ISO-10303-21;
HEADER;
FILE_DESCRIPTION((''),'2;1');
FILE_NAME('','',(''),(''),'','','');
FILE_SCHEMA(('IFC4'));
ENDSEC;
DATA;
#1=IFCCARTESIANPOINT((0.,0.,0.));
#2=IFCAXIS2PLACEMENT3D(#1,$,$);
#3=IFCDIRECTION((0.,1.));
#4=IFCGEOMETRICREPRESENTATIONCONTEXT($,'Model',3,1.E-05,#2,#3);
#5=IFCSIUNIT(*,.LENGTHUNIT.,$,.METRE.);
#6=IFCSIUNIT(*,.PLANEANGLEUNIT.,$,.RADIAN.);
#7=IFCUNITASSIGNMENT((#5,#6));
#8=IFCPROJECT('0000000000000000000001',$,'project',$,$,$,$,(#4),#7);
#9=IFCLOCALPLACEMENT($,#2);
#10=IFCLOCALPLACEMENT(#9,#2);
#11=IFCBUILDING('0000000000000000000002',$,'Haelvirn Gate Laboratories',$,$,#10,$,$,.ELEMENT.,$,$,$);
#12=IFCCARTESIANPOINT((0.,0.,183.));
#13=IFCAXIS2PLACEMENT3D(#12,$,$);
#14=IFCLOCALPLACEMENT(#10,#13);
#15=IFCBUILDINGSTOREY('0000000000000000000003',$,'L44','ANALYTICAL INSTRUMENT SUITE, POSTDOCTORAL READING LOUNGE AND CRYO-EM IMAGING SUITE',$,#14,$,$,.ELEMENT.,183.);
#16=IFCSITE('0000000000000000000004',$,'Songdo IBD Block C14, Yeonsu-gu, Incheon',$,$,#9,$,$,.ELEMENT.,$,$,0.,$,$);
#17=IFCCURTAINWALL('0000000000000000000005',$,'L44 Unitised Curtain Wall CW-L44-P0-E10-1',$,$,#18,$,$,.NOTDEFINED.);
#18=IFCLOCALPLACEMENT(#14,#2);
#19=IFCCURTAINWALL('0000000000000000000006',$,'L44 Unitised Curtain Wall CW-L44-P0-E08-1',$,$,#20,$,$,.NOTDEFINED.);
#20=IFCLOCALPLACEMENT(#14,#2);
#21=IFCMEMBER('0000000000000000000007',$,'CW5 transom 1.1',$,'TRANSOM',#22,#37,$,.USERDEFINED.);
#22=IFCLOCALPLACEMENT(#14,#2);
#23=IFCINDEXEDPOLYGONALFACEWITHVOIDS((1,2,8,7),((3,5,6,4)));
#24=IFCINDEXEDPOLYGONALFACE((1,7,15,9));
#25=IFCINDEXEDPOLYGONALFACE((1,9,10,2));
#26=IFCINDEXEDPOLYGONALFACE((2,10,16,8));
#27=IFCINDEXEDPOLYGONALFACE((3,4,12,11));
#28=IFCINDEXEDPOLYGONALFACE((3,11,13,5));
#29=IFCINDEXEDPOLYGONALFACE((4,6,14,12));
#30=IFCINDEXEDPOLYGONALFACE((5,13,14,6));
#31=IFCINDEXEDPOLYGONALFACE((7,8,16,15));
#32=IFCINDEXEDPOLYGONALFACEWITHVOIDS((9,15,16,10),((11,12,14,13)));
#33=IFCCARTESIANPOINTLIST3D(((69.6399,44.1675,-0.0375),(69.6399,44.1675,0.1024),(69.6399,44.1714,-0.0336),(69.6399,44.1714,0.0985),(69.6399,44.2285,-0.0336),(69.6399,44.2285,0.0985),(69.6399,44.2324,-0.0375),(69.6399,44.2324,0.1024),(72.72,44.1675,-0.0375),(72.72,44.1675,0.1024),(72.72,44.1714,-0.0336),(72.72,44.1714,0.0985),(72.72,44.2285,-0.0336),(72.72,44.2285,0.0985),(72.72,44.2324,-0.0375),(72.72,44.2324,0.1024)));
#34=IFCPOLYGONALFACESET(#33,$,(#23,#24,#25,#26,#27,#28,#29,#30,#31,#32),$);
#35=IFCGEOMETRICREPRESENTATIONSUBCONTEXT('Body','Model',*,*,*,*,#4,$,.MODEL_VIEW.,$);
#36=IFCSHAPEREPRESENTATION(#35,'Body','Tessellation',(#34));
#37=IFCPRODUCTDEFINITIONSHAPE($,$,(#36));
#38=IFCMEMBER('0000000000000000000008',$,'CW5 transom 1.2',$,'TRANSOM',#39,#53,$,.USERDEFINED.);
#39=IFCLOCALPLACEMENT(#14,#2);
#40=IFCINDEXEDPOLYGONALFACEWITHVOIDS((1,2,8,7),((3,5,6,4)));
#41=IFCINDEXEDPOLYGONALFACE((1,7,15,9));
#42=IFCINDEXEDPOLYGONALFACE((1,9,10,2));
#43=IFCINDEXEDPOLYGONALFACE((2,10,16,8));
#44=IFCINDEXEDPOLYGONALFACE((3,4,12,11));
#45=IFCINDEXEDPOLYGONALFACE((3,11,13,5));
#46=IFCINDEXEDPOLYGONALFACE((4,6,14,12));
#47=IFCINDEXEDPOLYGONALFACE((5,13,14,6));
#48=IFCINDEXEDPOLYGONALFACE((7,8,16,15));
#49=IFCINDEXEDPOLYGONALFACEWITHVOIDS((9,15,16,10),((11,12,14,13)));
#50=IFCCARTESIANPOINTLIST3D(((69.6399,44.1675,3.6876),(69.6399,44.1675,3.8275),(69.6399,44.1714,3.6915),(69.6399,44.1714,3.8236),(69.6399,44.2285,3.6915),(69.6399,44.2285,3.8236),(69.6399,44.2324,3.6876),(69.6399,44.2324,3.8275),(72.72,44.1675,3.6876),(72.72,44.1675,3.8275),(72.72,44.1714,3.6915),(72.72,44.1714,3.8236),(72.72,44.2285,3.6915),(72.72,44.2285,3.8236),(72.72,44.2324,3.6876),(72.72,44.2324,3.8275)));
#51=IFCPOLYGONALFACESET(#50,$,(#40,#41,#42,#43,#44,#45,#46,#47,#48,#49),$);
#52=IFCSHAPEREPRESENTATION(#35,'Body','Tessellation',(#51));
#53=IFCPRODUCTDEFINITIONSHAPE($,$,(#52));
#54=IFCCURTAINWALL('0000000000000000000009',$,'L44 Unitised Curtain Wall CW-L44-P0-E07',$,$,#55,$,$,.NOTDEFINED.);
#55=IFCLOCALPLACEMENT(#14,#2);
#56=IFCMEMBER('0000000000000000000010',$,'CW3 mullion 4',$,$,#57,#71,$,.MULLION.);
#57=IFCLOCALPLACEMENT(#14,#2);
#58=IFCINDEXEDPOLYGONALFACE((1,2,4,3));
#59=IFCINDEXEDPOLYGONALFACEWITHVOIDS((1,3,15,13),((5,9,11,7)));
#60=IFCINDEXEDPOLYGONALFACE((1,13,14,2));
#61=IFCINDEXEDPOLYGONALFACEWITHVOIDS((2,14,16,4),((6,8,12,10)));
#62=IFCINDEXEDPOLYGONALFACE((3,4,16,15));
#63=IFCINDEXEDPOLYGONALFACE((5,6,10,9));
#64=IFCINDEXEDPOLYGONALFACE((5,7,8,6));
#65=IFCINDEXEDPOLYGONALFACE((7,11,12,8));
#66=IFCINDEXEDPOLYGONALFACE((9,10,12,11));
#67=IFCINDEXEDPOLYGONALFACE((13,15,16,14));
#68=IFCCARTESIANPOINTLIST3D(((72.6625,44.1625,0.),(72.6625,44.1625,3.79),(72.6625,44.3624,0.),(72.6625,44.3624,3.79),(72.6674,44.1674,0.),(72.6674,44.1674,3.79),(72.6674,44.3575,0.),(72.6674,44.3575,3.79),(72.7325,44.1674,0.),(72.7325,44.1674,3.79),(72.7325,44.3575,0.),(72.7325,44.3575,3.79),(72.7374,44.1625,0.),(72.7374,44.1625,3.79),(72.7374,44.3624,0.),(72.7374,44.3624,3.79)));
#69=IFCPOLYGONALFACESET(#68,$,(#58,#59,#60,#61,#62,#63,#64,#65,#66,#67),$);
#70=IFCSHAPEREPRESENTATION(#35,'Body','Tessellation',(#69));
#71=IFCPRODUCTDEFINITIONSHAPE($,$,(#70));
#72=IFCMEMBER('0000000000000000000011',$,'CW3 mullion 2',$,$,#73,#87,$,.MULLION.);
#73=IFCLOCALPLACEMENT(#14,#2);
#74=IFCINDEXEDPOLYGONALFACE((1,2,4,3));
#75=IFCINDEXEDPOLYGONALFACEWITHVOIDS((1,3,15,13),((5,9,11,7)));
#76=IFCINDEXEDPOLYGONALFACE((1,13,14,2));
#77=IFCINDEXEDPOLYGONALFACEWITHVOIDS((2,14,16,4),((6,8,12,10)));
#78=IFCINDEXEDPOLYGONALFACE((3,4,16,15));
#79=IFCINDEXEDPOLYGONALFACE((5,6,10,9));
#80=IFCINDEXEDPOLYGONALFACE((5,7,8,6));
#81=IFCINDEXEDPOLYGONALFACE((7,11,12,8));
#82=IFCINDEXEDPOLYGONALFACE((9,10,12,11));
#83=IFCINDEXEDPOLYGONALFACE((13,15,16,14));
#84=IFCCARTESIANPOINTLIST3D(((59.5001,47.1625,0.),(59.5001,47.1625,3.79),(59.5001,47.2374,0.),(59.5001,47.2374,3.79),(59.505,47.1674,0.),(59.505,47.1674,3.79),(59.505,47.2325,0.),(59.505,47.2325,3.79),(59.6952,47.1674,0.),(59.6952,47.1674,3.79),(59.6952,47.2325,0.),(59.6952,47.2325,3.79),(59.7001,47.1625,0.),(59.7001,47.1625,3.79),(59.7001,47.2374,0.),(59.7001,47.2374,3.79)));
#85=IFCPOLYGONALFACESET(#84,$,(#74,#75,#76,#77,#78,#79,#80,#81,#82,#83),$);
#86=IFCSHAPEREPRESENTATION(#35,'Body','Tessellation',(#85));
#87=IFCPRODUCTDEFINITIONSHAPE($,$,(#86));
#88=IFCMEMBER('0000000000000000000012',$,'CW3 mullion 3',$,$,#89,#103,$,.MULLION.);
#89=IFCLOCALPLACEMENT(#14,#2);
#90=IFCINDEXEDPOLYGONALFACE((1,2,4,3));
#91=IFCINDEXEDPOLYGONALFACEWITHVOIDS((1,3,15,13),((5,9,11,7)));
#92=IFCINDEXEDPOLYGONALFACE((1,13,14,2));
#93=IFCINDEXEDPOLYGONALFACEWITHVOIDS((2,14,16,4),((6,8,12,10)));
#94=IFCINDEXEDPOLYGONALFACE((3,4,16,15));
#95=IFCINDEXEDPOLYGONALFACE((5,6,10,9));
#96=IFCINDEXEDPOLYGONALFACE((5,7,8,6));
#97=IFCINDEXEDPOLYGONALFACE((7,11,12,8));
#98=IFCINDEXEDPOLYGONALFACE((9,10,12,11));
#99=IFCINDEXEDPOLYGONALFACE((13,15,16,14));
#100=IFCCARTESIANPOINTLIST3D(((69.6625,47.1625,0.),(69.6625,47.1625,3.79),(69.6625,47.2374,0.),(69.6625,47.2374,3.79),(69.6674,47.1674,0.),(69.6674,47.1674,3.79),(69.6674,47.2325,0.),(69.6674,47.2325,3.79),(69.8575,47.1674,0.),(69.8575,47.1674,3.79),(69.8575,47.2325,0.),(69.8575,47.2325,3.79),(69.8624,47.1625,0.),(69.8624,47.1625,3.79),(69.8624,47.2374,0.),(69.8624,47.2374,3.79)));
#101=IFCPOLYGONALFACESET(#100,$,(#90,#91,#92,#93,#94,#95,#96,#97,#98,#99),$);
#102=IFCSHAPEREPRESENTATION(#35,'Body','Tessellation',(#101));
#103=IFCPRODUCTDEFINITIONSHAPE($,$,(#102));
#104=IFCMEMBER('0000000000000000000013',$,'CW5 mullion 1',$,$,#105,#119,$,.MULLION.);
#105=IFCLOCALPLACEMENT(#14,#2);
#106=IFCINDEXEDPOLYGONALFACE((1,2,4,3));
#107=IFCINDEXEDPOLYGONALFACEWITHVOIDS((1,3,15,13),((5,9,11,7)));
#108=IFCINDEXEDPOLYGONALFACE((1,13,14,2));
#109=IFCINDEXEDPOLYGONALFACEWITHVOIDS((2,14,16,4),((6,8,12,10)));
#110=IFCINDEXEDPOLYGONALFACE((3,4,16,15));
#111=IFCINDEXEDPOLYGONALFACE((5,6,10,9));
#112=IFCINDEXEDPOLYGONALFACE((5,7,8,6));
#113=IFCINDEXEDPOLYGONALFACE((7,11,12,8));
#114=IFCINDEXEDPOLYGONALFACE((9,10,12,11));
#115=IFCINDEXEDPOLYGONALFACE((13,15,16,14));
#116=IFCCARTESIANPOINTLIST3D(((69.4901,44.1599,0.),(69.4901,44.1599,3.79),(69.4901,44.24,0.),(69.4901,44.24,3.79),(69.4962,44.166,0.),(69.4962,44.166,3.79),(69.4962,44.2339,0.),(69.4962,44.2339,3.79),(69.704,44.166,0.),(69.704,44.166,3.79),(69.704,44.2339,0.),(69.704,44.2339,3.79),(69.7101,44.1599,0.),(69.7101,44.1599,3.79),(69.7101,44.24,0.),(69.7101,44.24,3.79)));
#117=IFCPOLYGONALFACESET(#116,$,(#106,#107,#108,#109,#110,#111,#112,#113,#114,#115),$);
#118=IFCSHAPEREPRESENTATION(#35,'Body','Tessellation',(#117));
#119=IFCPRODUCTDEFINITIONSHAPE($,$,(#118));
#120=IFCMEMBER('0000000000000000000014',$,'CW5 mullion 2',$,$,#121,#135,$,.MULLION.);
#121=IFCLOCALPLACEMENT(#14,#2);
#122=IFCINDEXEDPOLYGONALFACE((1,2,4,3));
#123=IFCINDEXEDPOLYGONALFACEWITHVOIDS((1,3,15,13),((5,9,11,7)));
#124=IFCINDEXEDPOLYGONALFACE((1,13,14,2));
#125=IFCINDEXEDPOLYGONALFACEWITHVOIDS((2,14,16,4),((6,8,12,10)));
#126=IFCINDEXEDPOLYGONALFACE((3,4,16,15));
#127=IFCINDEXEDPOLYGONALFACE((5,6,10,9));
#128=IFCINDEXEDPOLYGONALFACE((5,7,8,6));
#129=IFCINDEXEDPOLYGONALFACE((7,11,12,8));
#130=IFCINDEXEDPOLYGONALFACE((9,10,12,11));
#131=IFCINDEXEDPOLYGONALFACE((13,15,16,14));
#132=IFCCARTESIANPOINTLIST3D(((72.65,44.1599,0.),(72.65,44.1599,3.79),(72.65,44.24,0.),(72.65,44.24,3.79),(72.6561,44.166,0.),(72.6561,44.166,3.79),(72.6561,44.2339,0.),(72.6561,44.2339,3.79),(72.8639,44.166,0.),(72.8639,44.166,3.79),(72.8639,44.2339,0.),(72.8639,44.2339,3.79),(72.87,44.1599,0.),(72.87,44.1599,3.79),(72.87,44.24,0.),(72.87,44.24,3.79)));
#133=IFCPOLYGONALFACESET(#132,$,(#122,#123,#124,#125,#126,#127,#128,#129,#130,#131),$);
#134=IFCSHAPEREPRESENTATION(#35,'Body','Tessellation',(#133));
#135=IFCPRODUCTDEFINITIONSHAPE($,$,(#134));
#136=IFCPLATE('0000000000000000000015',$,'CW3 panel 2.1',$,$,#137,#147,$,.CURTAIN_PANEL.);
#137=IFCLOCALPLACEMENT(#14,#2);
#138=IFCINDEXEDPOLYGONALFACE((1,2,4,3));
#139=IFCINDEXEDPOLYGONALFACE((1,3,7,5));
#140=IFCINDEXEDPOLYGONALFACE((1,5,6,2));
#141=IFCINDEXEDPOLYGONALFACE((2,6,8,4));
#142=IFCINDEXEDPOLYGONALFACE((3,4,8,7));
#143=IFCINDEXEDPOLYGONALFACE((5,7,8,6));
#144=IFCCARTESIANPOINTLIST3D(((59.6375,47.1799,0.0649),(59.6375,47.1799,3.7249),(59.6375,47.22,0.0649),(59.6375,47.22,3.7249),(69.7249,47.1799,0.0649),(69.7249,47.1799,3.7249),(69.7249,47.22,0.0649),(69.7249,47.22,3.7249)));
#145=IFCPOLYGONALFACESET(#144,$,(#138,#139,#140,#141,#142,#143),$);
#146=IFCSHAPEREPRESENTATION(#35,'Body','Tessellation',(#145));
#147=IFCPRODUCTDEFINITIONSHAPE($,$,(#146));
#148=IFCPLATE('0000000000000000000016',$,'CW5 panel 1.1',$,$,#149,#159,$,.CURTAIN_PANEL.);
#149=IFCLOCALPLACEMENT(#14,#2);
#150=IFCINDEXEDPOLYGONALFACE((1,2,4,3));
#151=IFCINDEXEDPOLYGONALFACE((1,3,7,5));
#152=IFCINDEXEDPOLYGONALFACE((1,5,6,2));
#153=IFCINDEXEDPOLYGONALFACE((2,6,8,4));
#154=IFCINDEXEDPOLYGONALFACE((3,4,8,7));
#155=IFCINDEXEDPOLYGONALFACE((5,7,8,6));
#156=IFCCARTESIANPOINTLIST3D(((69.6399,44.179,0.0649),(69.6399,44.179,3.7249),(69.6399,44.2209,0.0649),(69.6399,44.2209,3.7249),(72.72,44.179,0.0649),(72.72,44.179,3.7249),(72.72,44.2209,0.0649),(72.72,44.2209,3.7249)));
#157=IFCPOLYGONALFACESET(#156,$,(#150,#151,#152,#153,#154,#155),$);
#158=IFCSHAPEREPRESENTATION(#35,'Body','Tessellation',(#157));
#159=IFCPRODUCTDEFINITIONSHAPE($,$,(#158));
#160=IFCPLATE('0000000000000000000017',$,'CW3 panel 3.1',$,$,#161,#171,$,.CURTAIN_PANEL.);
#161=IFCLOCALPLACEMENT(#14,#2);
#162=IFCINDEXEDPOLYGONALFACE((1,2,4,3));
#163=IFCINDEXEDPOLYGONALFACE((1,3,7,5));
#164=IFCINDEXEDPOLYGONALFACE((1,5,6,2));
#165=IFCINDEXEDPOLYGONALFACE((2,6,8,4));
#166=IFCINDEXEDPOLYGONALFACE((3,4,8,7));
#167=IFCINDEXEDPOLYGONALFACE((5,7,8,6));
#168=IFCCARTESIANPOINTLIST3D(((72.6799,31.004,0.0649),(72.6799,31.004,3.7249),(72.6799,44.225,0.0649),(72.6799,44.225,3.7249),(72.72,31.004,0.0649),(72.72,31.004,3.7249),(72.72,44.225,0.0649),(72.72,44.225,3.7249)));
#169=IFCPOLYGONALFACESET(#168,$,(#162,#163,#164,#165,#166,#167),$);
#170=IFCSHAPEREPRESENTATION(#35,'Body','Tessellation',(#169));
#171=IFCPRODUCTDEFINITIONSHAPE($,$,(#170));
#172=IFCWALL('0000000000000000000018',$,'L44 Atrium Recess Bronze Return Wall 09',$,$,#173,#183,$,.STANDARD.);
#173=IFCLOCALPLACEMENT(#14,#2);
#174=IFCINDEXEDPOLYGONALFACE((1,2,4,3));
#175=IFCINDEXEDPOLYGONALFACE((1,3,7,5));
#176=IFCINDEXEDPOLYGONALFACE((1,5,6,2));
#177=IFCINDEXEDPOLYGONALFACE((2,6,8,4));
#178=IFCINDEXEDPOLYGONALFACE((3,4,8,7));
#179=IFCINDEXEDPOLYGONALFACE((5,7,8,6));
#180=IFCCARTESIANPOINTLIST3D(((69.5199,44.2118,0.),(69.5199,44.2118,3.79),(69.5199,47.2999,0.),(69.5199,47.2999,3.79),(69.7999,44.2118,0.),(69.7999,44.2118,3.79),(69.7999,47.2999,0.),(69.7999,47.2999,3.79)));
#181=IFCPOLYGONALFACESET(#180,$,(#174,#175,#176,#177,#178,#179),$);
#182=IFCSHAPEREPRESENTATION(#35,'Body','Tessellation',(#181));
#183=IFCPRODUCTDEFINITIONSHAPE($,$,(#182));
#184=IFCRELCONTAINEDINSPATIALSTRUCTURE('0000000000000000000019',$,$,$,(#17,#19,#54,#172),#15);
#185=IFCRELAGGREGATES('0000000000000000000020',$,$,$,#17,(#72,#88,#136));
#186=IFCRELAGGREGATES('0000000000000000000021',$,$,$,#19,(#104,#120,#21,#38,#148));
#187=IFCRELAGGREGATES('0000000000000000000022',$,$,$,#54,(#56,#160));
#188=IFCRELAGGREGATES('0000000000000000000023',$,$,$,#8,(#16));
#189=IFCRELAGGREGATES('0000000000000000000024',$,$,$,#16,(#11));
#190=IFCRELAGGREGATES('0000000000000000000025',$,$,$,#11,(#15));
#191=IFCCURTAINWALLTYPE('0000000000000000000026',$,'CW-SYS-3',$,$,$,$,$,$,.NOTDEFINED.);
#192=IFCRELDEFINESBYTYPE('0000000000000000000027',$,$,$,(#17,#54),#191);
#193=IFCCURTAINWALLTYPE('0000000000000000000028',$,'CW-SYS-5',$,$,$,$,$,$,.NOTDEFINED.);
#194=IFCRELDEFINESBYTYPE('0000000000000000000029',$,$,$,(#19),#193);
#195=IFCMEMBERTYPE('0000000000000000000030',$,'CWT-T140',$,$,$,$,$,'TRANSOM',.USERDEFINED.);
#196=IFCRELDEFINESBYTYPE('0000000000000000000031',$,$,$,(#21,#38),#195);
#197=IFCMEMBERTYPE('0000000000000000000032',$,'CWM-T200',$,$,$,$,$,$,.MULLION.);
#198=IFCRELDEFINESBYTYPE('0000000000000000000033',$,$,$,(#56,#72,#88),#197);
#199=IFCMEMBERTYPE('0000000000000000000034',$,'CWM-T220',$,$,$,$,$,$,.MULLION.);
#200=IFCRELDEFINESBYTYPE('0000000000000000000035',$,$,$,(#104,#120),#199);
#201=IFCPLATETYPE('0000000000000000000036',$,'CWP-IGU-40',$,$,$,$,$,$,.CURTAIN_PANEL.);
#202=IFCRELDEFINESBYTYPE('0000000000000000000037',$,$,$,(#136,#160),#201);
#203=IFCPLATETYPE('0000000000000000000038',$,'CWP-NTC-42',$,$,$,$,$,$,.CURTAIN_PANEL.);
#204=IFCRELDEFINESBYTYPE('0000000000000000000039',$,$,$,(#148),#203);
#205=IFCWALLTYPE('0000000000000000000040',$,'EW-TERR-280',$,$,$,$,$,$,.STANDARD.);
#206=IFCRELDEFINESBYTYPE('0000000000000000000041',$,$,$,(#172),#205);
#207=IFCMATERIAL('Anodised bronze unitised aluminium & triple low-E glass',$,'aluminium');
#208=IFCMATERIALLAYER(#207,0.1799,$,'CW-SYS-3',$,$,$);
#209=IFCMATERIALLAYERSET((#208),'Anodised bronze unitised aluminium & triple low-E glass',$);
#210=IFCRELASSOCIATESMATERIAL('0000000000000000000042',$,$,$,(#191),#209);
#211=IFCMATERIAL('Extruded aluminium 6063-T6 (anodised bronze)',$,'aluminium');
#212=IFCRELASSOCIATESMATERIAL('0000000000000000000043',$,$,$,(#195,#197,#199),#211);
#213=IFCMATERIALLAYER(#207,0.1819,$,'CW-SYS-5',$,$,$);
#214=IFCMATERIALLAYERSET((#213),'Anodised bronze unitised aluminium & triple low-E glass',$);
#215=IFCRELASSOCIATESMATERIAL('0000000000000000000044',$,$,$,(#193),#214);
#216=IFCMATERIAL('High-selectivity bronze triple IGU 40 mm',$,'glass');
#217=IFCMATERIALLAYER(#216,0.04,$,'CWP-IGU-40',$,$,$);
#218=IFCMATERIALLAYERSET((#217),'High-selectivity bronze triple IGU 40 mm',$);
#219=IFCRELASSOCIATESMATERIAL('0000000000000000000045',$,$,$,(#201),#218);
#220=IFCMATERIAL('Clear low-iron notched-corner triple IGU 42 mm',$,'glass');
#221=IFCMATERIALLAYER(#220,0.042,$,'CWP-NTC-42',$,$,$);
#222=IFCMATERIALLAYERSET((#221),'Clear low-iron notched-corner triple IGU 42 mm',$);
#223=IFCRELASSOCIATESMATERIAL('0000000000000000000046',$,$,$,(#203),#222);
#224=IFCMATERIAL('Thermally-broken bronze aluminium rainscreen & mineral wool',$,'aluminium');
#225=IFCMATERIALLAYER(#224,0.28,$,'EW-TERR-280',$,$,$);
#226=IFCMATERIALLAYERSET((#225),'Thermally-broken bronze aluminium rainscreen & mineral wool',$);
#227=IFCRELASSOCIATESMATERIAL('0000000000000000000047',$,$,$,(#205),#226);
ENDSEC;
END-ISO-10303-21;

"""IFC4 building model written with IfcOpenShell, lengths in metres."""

from ifc_helpers import new_model, si_unit, direction, frame, frame_2d, origin, origin_2d, place, context, subcontext, project, spatial, rectangle, hollow_rectangle, extrude, source, transform, mapped, material, layer, layer_set, material_profile, profile_set, type_object, type_shapes, element, aggregate, save


model = new_model("IFC4")

# Units and contexts
model_context = context("Model", 3, precision=1e-05, world=origin(), true_north=direction((0.0, 1.0)))
body_context = subcontext(model_context, "Body", "Model", "MODEL_VIEW")
ifc_project = project(units=[si_unit("LENGTHUNIT", "METRE"), si_unit("PLANEANGLEUNIT", "RADIAN")], contexts=[model_context])

# Site, building, storey
site_placement = place(None, origin())
site = spatial("IfcSite", under=ifc_project, at=site_placement, Name="Songdo IBD Block C14, Yeonsu-gu, Incheon", CompositionType="ELEMENT", RefElevation=0.0)
building_placement = place(site_placement, origin())
building = spatial("IfcBuilding", under=site, at=building_placement, Name="Haelvirn Gate Laboratories", CompositionType="ELEMENT")
storey_placement = place(building_placement, frame((0.0, 0.0, 183.0)))
storey = spatial("IfcBuildingStorey", under=building, at=storey_placement, Name="L44", Description="ANALYTICAL INSTRUMENT SUITE, POSTDOCTORAL READING LOUNGE AND CRYO-EM IMAGING SUITE", CompositionType="ELEMENT", Elevation=183.0)

# Curtain walls, members
ifc_material_1 = material(Name="Anodised bronze unitised aluminium & triple low-E glass", Category="aluminium")
ifc_layer_1 = layer(ifc_material_1, 0.1799, Name="CW-SYS-3")
ifc_layer_set_1 = layer_set([ifc_layer_1], Name="Anodised bronze unitised aluminium & triple low-E glass")
curtain_wall_type_1 = type_object("IfcCurtainWallType", Name="CW-SYS-3", PredefinedType="NOTDEFINED", material=ifc_layer_set_1)
curtain_wall_1_placement = place(storey_placement, origin())
curtain_wall_1 = element("IfcCurtainWall", 1, at=curtain_wall_1_placement, inside=storey, type_object=curtain_wall_type_1, Name="L44 Unitised Curtain Wall CW-L44-P0-E10-1", PredefinedType="NOTDEFINED")
ifc_material_2 = material(Name="Extruded aluminium 6063-T6 (anodised bronze)", Category="aluminium")
ifc_material_profile_1 = material_profile(ifc_material_2, hollow_rectangle(XDim=0.0649, YDim=0.1399, WallThickness=0.0039, at=origin_2d()), Name="CWT-140x65x4")
ifc_profile_set_1 = profile_set([ifc_material_profile_1], Name="Extruded aluminium 6063-T6 (anodised bronze)")
member_type_1 = type_object("IfcMemberType", Name="CWT-T140", ElementType="TRANSOM", PredefinedType="USERDEFINED", material=ifc_profile_set_1)
ifc_layer_2 = layer(ifc_material_1, 0.1819, Name="CW-SYS-5")
ifc_layer_set_2 = layer_set([ifc_layer_2], Name="Anodised bronze unitised aluminium & triple low-E glass")
curtain_wall_type_2 = type_object("IfcCurtainWallType", Name="CW-SYS-5", PredefinedType="NOTDEFINED", material=ifc_layer_set_2)
curtain_wall_2_placement = place(storey_placement, origin())
curtain_wall_2 = element("IfcCurtainWall", 2, at=curtain_wall_2_placement, inside=storey, type_object=curtain_wall_type_2, Name="L44 Unitised Curtain Wall CW-L44-P0-E08-1", PredefinedType="NOTDEFINED")
shared_shape_1 = source(origin(), body_context, "Body", "SweptSolid", [
    extrude(hollow_rectangle(XDim=0.0649, YDim=0.1399, WallThickness=0.0039, at=origin_2d()), origin(), (0.0, 0.0, 1.0), 3.0801),
])
member_1_placement = place(storey_placement, frame((69.6399, 44.2, 0.0325), z_axis=(1.0, 0.0, 0.0), x_axis=(0.0, 1.0, 0.0)))
member_1 = element("IfcMember", 3, at=member_1_placement, type_object=member_type_1, Name="CW5 transom 1.1", ObjectType="TRANSOM", PredefinedType="USERDEFINED", context=body_context, shape_type="MappedRepresentation", body=[
    mapped(shared_shape_1, transform((0.0, 0.0, 0.0), scale=1.0)),
])
member_2_placement = place(storey_placement, frame((69.6399, 44.2, 3.7576), z_axis=(1.0, 0.0, 0.0), x_axis=(0.0, 1.0, 0.0)))
member_2 = element("IfcMember", 4, at=member_2_placement, type_object=member_type_1, Name="CW5 transom 1.2", ObjectType="TRANSOM", PredefinedType="USERDEFINED", context=body_context, shape_type="MappedRepresentation", body=[
    mapped(shared_shape_1, transform((0.0, 0.0, 0.0), scale=1.0)),
])

# Curtain wall, member
curtain_wall_3_placement = place(storey_placement, origin())
curtain_wall_3 = element("IfcCurtainWall", 5, at=curtain_wall_3_placement, inside=storey, type_object=curtain_wall_type_1, Name="L44 Unitised Curtain Wall CW-L44-P0-E07", PredefinedType="NOTDEFINED")
ifc_material_profile_2 = material_profile(ifc_material_2, hollow_rectangle(XDim=0.075, YDim=0.2, WallThickness=0.0049, at=origin_2d()), Name="CWM-200x75x5")
ifc_profile_set_2 = profile_set([ifc_material_profile_2], Name="Extruded aluminium 6063-T6 (anodised bronze)")
member_type_2 = type_object("IfcMemberType", Name="CWM-T200", PredefinedType="MULLION", material=ifc_profile_set_2)
shared_shape_2 = source(origin(), body_context, "Body", "SweptSolid", [
    extrude(hollow_rectangle(XDim=0.075, YDim=0.2, WallThickness=0.0049, at=origin_2d()), origin(), (0.0, 0.0, 1.0), 3.79),
])
type_shapes(member_type_2, [shared_shape_2])
member_3_placement = place(storey_placement, frame((72.7, 44.2625, 0.0), z_axis=(0.0, 0.0, 1.0), x_axis=(-1.0, 0.0, 0.0)))
member_3 = element("IfcMember", 6, at=member_3_placement, type_object=member_type_2, Name="CW3 mullion 4", PredefinedType="MULLION", context=body_context, shape_type="MappedRepresentation", body=[
    mapped(shared_shape_2, transform((0.0, 0.0, 0.0), scale=1.0)),
])

# Members
member_4_placement = place(storey_placement, frame((59.6001, 47.2, 0.0), z_axis=(0.0, 0.0, 1.0), x_axis=(0.0, 1.0, 0.0)))
member_4 = element("IfcMember", 7, at=member_4_placement, type_object=member_type_2, Name="CW3 mullion 2", PredefinedType="MULLION", context=body_context, shape_type="MappedRepresentation", body=[
    mapped(shared_shape_2, transform((0.0, 0.0, 0.0), scale=1.0)),
])
member_5_placement = place(storey_placement, frame((69.7625, 47.2, 0.0), z_axis=(0.0, 0.0, 1.0), x_axis=(0.0, 1.0, 0.0)))
member_5 = element("IfcMember", 8, at=member_5_placement, type_object=member_type_2, Name="CW3 mullion 3", PredefinedType="MULLION", context=body_context, shape_type="MappedRepresentation", body=[
    mapped(shared_shape_2, transform((0.0, 0.0, 0.0), scale=1.0)),
])
ifc_material_profile_3 = material_profile(ifc_material_2, hollow_rectangle(XDim=0.0801, YDim=0.22, WallThickness=0.0061, at=origin_2d()), Name="CWM-220x80x6")
ifc_profile_set_3 = profile_set([ifc_material_profile_3], Name="Extruded aluminium 6063-T6 (anodised bronze)")
member_type_3 = type_object("IfcMemberType", Name="CWM-T220", PredefinedType="MULLION", material=ifc_profile_set_3)
shared_shape_3 = source(origin(), body_context, "Body", "SweptSolid", [
    extrude(hollow_rectangle(XDim=0.0801, YDim=0.22, WallThickness=0.0061, at=origin_2d()), origin(), (0.0, 0.0, 1.0), 3.79),
])
type_shapes(member_type_3, [shared_shape_3])
member_6_placement = place(storey_placement, frame((69.6001, 44.2, 0.0), z_axis=(0.0, 0.0, 1.0), x_axis=(0.0, 1.0, 0.0)))
member_6 = element("IfcMember", 9, at=member_6_placement, type_object=member_type_3, Name="CW5 mullion 1", PredefinedType="MULLION", context=body_context, shape_type="MappedRepresentation", body=[
    mapped(shared_shape_3, transform((0.0, 0.0, 0.0), scale=1.0)),
])
member_7_placement = place(storey_placement, frame((72.76, 44.2, 0.0), z_axis=(0.0, 0.0, 1.0), x_axis=(0.0, 1.0, 0.0)))
member_7 = element("IfcMember", 10, at=member_7_placement, type_object=member_type_3, Name="CW5 mullion 2", PredefinedType="MULLION", context=body_context, shape_type="MappedRepresentation", body=[
    mapped(shared_shape_3, transform((0.0, 0.0, 0.0), scale=1.0)),
])

# Plates
ifc_material_3 = material(Name="High-selectivity bronze triple IGU 40 mm", Category="glass")
ifc_layer_3 = layer(ifc_material_3, 0.04, Name="CWP-IGU-40")
ifc_layer_set_3 = layer_set([ifc_layer_3], Name="High-selectivity bronze triple IGU 40 mm")
plate_type_1 = type_object("IfcPlateType", Name="CWP-IGU-40", PredefinedType="CURTAIN_PANEL", material=ifc_layer_set_3)
shared_shape_4 = source(origin(), body_context, "Body", "SweptSolid", [
    extrude(rectangle(XDim=10.0874, YDim=0.04, at=origin_2d()), origin(), (0.0, 0.0, 1.0), 3.6599),
])
plate_1_placement = place(storey_placement, frame((64.6812, 47.2, 0.0649), z_axis=(0.0, 0.0, 1.0), x_axis=(1.0, 0.0, 0.0)))
plate_1 = element("IfcPlate", 11, at=plate_1_placement, type_object=plate_type_1, Name="CW3 panel 2.1", PredefinedType="CURTAIN_PANEL", context=body_context, shape_type="MappedRepresentation", body=[
    mapped(shared_shape_4, transform((0.0, 0.0, 0.0), scale=1.0)),
])
aggregate(curtain_wall_1, [member_4, member_5, plate_1])
ifc_material_4 = material(Name="Clear low-iron notched-corner triple IGU 42 mm", Category="glass")
ifc_layer_4 = layer(ifc_material_4, 0.042, Name="CWP-NTC-42")
ifc_layer_set_4 = layer_set([ifc_layer_4], Name="Clear low-iron notched-corner triple IGU 42 mm")
plate_type_2 = type_object("IfcPlateType", Name="CWP-NTC-42", PredefinedType="CURTAIN_PANEL", material=ifc_layer_set_4)
shared_shape_5 = source(origin(), body_context, "Body", "SweptSolid", [
    extrude(rectangle(XDim=3.0801, YDim=0.042, at=origin_2d()), origin(), (0.0, 0.0, 1.0), 3.6599),
])
type_shapes(plate_type_2, [shared_shape_5])
plate_2_placement = place(storey_placement, frame((71.1799, 44.2, 0.0649), z_axis=(0.0, 0.0, 1.0), x_axis=(1.0, 0.0, 0.0)))
plate_2 = element("IfcPlate", 12, at=plate_2_placement, type_object=plate_type_2, Name="CW5 panel 1.1", PredefinedType="CURTAIN_PANEL", context=body_context, shape_type="MappedRepresentation", body=[
    mapped(shared_shape_5, transform((0.0, 0.0, 0.0), scale=1.0)),
])
aggregate(curtain_wall_2, [member_6, member_7, member_1, member_2, plate_2])
shared_shape_6 = source(origin(), body_context, "Body", "SweptSolid", [
    extrude(rectangle(XDim=13.2209, YDim=0.04, at=origin_2d()), origin(), (0.0, 0.0, 1.0), 3.6599),
])
type_shapes(plate_type_1, [shared_shape_4, shared_shape_6])
plate_3_placement = place(storey_placement, frame((72.7, 37.6145, 0.0649), z_axis=(0.0, 0.0, 1.0), x_axis=(0.0, 1.0, 0.0)))
plate_3 = element("IfcPlate", 13, at=plate_3_placement, type_object=plate_type_1, Name="CW3 panel 3.1", PredefinedType="CURTAIN_PANEL", context=body_context, shape_type="MappedRepresentation", body=[
    mapped(shared_shape_6, transform((0.0, 0.0, 0.0), scale=1.0)),
])
aggregate(curtain_wall_3, [member_3, plate_3])

# Wall
ifc_material_5 = material(Name="Thermally-broken bronze aluminium rainscreen & mineral wool", Category="aluminium")
ifc_layer_5 = layer(ifc_material_5, 0.28, Name="EW-TERR-280")
ifc_layer_set_5 = layer_set([ifc_layer_5], Name="Thermally-broken bronze aluminium rainscreen & mineral wool")
wall_type_1 = type_object("IfcWallType", Name="EW-TERR-280", PredefinedType="STANDARD", material=ifc_layer_set_5)
wall_1_placement = place(storey_placement, frame((69.6599, 44.2119, 0.0), z_axis=(0.0, 0.0, 1.0), x_axis=(0.0, 1.0, 0.0)))
element("IfcWall", 14, at=wall_1_placement, inside=storey, type_object=wall_type_1, Name="L44 Atrium Recess Bronze Return Wall 09", PredefinedType="STANDARD", context=body_context, shape_type="SweptSolid", body=[
    extrude(rectangle(XDim=3.0881, YDim=0.28, at=frame_2d((1.5439, 0.0))), origin(), (0.0, 0.0, 1.0), 3.79),
])

save(model, "model.ifc")
